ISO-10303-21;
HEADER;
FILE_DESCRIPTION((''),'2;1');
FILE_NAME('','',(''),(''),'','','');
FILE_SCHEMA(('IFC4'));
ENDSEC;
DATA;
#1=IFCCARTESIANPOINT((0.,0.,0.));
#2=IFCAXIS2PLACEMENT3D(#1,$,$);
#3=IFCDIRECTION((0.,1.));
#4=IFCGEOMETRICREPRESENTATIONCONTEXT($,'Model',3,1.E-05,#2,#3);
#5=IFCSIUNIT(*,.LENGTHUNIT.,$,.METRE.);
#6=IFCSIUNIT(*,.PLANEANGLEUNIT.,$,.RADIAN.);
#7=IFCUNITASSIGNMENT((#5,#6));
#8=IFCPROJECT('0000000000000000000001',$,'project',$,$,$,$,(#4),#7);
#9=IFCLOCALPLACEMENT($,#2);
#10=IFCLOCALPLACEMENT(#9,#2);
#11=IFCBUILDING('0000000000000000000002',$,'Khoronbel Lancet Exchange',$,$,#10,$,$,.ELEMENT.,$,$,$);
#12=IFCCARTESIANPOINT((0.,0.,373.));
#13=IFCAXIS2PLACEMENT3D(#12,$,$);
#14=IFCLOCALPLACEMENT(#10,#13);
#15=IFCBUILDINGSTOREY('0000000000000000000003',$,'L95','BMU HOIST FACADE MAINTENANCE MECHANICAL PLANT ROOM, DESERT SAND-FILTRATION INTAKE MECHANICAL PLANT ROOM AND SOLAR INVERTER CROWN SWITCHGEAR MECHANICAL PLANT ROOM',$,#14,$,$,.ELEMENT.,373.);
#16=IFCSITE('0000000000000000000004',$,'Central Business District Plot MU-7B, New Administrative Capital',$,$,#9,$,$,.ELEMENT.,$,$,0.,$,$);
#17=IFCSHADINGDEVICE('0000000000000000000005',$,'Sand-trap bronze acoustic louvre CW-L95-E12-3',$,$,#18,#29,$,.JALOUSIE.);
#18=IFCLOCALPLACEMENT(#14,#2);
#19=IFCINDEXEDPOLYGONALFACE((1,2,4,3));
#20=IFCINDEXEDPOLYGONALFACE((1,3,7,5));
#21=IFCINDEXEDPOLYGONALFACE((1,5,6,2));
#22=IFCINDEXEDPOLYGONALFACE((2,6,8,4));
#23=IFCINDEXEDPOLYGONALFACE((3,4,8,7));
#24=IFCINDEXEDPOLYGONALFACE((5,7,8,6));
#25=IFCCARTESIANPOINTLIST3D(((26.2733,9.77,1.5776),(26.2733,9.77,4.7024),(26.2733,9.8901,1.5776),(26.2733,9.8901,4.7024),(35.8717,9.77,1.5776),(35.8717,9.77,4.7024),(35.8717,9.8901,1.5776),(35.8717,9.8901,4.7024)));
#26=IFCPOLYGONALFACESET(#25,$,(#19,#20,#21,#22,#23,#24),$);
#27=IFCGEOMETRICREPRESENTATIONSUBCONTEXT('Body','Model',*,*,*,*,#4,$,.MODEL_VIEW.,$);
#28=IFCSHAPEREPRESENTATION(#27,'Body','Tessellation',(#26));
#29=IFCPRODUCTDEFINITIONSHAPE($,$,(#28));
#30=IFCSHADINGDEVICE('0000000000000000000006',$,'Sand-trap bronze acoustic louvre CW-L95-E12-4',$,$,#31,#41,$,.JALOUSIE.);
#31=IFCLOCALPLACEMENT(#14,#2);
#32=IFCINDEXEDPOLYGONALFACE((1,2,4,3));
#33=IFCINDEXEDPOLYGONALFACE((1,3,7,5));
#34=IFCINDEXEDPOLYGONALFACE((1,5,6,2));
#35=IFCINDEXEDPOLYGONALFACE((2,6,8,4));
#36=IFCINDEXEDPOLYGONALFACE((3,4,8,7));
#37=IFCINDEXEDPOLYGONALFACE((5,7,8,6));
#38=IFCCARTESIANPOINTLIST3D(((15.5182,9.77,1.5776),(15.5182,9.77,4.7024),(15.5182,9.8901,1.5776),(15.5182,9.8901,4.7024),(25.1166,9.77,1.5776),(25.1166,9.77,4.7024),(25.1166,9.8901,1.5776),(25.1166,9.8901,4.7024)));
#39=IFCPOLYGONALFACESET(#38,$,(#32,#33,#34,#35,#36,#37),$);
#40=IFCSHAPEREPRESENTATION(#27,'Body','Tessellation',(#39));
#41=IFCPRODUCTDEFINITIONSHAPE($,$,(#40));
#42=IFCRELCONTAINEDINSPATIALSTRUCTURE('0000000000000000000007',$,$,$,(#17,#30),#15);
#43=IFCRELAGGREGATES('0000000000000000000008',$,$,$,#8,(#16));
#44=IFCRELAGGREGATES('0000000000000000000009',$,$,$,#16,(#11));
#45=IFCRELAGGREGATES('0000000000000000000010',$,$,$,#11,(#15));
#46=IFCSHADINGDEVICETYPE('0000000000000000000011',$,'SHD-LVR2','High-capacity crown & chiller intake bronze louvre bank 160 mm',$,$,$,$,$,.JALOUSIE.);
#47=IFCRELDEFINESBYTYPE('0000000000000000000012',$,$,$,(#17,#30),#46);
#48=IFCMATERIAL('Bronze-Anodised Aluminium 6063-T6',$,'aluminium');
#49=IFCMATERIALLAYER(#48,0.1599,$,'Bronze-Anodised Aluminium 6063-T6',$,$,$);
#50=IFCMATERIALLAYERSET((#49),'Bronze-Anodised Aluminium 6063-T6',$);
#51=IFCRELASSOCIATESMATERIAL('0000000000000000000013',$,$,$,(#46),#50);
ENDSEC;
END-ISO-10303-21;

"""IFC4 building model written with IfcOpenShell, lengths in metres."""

from ifc_helpers import new_model, si_unit, direction, frame, origin, origin_2d, place, context, subcontext, project, spatial, rectangle, extrude, material, layer, layer_set, type_object, element, save


model = new_model("IFC4")

# Units and contexts
model_context = context("Model", 3, precision=1e-05, world=origin(), true_north=direction((0.0, 1.0)))
body_context = subcontext(model_context, "Body", "Model", "MODEL_VIEW")
ifc_project = project(units=[si_unit("LENGTHUNIT", "METRE"), si_unit("PLANEANGLEUNIT", "RADIAN")], contexts=[model_context])

# Site, building, storey
site_placement = place(None, origin())
site = spatial("IfcSite", under=ifc_project, at=site_placement, Name="Central Business District Plot MU-7B, New Administrative Capital", CompositionType="ELEMENT", RefElevation=0.0)
building_placement = place(site_placement, origin())
building = spatial("IfcBuilding", under=site, at=building_placement, Name="Khoronbel Lancet Exchange", CompositionType="ELEMENT")
storey_placement = place(building_placement, frame((0.0, 0.0, 373.0)))
storey = spatial("IfcBuildingStorey", under=building, at=storey_placement, Name="L95", Description="BMU HOIST FACADE MAINTENANCE MECHANICAL PLANT ROOM, DESERT SAND-FILTRATION INTAKE MECHANICAL PLANT ROOM AND SOLAR INVERTER CROWN SWITCHGEAR MECHANICAL PLANT ROOM", CompositionType="ELEMENT", Elevation=373.0)

# Shared definitions
ifc_material_1 = material(Name="Bronze-Anodised Aluminium 6063-T6", Category="aluminium")

# Shading devices
ifc_layer_1 = layer(ifc_material_1, 0.1599, Name="Bronze-Anodised Aluminium 6063-T6")
ifc_layer_set_1 = layer_set([ifc_layer_1], Name="Bronze-Anodised Aluminium 6063-T6")
shading_device_type = type_object("IfcShadingDeviceType", Name="SHD-LVR2", Description="High-capacity crown & chiller intake bronze louvre bank 160 mm", PredefinedType="JALOUSIE", material=ifc_layer_set_1)
for number, where, z_axis, x_axis, name in (
    (1, (31.0725, 9.8301, 1.5776), (0.0, 0.0, 1.0), (-1.0, 0.0, 0.0), "Sand-trap bronze acoustic louvre CW-L95-E12-3"),
    (2, (20.3174, 9.8301, 1.5776), (0.0, 0.0, 1.0), (-1.0, 0.0, 0.0), "Sand-trap bronze acoustic louvre CW-L95-E12-4"),
):
    element("IfcShadingDevice", number, at=place(storey_placement, frame(where, z_axis=z_axis, x_axis=x_axis)), inside=storey, type_object=shading_device_type, Name=name, PredefinedType="JALOUSIE", context=body_context, shape_type="SweptSolid", body=[
        extrude(rectangle(XDim=9.5984, YDim=0.1201, at=origin_2d()), origin(), (0.0, 0.0, 1.0), 3.1248),
    ])

save(model, "model.ifc")
